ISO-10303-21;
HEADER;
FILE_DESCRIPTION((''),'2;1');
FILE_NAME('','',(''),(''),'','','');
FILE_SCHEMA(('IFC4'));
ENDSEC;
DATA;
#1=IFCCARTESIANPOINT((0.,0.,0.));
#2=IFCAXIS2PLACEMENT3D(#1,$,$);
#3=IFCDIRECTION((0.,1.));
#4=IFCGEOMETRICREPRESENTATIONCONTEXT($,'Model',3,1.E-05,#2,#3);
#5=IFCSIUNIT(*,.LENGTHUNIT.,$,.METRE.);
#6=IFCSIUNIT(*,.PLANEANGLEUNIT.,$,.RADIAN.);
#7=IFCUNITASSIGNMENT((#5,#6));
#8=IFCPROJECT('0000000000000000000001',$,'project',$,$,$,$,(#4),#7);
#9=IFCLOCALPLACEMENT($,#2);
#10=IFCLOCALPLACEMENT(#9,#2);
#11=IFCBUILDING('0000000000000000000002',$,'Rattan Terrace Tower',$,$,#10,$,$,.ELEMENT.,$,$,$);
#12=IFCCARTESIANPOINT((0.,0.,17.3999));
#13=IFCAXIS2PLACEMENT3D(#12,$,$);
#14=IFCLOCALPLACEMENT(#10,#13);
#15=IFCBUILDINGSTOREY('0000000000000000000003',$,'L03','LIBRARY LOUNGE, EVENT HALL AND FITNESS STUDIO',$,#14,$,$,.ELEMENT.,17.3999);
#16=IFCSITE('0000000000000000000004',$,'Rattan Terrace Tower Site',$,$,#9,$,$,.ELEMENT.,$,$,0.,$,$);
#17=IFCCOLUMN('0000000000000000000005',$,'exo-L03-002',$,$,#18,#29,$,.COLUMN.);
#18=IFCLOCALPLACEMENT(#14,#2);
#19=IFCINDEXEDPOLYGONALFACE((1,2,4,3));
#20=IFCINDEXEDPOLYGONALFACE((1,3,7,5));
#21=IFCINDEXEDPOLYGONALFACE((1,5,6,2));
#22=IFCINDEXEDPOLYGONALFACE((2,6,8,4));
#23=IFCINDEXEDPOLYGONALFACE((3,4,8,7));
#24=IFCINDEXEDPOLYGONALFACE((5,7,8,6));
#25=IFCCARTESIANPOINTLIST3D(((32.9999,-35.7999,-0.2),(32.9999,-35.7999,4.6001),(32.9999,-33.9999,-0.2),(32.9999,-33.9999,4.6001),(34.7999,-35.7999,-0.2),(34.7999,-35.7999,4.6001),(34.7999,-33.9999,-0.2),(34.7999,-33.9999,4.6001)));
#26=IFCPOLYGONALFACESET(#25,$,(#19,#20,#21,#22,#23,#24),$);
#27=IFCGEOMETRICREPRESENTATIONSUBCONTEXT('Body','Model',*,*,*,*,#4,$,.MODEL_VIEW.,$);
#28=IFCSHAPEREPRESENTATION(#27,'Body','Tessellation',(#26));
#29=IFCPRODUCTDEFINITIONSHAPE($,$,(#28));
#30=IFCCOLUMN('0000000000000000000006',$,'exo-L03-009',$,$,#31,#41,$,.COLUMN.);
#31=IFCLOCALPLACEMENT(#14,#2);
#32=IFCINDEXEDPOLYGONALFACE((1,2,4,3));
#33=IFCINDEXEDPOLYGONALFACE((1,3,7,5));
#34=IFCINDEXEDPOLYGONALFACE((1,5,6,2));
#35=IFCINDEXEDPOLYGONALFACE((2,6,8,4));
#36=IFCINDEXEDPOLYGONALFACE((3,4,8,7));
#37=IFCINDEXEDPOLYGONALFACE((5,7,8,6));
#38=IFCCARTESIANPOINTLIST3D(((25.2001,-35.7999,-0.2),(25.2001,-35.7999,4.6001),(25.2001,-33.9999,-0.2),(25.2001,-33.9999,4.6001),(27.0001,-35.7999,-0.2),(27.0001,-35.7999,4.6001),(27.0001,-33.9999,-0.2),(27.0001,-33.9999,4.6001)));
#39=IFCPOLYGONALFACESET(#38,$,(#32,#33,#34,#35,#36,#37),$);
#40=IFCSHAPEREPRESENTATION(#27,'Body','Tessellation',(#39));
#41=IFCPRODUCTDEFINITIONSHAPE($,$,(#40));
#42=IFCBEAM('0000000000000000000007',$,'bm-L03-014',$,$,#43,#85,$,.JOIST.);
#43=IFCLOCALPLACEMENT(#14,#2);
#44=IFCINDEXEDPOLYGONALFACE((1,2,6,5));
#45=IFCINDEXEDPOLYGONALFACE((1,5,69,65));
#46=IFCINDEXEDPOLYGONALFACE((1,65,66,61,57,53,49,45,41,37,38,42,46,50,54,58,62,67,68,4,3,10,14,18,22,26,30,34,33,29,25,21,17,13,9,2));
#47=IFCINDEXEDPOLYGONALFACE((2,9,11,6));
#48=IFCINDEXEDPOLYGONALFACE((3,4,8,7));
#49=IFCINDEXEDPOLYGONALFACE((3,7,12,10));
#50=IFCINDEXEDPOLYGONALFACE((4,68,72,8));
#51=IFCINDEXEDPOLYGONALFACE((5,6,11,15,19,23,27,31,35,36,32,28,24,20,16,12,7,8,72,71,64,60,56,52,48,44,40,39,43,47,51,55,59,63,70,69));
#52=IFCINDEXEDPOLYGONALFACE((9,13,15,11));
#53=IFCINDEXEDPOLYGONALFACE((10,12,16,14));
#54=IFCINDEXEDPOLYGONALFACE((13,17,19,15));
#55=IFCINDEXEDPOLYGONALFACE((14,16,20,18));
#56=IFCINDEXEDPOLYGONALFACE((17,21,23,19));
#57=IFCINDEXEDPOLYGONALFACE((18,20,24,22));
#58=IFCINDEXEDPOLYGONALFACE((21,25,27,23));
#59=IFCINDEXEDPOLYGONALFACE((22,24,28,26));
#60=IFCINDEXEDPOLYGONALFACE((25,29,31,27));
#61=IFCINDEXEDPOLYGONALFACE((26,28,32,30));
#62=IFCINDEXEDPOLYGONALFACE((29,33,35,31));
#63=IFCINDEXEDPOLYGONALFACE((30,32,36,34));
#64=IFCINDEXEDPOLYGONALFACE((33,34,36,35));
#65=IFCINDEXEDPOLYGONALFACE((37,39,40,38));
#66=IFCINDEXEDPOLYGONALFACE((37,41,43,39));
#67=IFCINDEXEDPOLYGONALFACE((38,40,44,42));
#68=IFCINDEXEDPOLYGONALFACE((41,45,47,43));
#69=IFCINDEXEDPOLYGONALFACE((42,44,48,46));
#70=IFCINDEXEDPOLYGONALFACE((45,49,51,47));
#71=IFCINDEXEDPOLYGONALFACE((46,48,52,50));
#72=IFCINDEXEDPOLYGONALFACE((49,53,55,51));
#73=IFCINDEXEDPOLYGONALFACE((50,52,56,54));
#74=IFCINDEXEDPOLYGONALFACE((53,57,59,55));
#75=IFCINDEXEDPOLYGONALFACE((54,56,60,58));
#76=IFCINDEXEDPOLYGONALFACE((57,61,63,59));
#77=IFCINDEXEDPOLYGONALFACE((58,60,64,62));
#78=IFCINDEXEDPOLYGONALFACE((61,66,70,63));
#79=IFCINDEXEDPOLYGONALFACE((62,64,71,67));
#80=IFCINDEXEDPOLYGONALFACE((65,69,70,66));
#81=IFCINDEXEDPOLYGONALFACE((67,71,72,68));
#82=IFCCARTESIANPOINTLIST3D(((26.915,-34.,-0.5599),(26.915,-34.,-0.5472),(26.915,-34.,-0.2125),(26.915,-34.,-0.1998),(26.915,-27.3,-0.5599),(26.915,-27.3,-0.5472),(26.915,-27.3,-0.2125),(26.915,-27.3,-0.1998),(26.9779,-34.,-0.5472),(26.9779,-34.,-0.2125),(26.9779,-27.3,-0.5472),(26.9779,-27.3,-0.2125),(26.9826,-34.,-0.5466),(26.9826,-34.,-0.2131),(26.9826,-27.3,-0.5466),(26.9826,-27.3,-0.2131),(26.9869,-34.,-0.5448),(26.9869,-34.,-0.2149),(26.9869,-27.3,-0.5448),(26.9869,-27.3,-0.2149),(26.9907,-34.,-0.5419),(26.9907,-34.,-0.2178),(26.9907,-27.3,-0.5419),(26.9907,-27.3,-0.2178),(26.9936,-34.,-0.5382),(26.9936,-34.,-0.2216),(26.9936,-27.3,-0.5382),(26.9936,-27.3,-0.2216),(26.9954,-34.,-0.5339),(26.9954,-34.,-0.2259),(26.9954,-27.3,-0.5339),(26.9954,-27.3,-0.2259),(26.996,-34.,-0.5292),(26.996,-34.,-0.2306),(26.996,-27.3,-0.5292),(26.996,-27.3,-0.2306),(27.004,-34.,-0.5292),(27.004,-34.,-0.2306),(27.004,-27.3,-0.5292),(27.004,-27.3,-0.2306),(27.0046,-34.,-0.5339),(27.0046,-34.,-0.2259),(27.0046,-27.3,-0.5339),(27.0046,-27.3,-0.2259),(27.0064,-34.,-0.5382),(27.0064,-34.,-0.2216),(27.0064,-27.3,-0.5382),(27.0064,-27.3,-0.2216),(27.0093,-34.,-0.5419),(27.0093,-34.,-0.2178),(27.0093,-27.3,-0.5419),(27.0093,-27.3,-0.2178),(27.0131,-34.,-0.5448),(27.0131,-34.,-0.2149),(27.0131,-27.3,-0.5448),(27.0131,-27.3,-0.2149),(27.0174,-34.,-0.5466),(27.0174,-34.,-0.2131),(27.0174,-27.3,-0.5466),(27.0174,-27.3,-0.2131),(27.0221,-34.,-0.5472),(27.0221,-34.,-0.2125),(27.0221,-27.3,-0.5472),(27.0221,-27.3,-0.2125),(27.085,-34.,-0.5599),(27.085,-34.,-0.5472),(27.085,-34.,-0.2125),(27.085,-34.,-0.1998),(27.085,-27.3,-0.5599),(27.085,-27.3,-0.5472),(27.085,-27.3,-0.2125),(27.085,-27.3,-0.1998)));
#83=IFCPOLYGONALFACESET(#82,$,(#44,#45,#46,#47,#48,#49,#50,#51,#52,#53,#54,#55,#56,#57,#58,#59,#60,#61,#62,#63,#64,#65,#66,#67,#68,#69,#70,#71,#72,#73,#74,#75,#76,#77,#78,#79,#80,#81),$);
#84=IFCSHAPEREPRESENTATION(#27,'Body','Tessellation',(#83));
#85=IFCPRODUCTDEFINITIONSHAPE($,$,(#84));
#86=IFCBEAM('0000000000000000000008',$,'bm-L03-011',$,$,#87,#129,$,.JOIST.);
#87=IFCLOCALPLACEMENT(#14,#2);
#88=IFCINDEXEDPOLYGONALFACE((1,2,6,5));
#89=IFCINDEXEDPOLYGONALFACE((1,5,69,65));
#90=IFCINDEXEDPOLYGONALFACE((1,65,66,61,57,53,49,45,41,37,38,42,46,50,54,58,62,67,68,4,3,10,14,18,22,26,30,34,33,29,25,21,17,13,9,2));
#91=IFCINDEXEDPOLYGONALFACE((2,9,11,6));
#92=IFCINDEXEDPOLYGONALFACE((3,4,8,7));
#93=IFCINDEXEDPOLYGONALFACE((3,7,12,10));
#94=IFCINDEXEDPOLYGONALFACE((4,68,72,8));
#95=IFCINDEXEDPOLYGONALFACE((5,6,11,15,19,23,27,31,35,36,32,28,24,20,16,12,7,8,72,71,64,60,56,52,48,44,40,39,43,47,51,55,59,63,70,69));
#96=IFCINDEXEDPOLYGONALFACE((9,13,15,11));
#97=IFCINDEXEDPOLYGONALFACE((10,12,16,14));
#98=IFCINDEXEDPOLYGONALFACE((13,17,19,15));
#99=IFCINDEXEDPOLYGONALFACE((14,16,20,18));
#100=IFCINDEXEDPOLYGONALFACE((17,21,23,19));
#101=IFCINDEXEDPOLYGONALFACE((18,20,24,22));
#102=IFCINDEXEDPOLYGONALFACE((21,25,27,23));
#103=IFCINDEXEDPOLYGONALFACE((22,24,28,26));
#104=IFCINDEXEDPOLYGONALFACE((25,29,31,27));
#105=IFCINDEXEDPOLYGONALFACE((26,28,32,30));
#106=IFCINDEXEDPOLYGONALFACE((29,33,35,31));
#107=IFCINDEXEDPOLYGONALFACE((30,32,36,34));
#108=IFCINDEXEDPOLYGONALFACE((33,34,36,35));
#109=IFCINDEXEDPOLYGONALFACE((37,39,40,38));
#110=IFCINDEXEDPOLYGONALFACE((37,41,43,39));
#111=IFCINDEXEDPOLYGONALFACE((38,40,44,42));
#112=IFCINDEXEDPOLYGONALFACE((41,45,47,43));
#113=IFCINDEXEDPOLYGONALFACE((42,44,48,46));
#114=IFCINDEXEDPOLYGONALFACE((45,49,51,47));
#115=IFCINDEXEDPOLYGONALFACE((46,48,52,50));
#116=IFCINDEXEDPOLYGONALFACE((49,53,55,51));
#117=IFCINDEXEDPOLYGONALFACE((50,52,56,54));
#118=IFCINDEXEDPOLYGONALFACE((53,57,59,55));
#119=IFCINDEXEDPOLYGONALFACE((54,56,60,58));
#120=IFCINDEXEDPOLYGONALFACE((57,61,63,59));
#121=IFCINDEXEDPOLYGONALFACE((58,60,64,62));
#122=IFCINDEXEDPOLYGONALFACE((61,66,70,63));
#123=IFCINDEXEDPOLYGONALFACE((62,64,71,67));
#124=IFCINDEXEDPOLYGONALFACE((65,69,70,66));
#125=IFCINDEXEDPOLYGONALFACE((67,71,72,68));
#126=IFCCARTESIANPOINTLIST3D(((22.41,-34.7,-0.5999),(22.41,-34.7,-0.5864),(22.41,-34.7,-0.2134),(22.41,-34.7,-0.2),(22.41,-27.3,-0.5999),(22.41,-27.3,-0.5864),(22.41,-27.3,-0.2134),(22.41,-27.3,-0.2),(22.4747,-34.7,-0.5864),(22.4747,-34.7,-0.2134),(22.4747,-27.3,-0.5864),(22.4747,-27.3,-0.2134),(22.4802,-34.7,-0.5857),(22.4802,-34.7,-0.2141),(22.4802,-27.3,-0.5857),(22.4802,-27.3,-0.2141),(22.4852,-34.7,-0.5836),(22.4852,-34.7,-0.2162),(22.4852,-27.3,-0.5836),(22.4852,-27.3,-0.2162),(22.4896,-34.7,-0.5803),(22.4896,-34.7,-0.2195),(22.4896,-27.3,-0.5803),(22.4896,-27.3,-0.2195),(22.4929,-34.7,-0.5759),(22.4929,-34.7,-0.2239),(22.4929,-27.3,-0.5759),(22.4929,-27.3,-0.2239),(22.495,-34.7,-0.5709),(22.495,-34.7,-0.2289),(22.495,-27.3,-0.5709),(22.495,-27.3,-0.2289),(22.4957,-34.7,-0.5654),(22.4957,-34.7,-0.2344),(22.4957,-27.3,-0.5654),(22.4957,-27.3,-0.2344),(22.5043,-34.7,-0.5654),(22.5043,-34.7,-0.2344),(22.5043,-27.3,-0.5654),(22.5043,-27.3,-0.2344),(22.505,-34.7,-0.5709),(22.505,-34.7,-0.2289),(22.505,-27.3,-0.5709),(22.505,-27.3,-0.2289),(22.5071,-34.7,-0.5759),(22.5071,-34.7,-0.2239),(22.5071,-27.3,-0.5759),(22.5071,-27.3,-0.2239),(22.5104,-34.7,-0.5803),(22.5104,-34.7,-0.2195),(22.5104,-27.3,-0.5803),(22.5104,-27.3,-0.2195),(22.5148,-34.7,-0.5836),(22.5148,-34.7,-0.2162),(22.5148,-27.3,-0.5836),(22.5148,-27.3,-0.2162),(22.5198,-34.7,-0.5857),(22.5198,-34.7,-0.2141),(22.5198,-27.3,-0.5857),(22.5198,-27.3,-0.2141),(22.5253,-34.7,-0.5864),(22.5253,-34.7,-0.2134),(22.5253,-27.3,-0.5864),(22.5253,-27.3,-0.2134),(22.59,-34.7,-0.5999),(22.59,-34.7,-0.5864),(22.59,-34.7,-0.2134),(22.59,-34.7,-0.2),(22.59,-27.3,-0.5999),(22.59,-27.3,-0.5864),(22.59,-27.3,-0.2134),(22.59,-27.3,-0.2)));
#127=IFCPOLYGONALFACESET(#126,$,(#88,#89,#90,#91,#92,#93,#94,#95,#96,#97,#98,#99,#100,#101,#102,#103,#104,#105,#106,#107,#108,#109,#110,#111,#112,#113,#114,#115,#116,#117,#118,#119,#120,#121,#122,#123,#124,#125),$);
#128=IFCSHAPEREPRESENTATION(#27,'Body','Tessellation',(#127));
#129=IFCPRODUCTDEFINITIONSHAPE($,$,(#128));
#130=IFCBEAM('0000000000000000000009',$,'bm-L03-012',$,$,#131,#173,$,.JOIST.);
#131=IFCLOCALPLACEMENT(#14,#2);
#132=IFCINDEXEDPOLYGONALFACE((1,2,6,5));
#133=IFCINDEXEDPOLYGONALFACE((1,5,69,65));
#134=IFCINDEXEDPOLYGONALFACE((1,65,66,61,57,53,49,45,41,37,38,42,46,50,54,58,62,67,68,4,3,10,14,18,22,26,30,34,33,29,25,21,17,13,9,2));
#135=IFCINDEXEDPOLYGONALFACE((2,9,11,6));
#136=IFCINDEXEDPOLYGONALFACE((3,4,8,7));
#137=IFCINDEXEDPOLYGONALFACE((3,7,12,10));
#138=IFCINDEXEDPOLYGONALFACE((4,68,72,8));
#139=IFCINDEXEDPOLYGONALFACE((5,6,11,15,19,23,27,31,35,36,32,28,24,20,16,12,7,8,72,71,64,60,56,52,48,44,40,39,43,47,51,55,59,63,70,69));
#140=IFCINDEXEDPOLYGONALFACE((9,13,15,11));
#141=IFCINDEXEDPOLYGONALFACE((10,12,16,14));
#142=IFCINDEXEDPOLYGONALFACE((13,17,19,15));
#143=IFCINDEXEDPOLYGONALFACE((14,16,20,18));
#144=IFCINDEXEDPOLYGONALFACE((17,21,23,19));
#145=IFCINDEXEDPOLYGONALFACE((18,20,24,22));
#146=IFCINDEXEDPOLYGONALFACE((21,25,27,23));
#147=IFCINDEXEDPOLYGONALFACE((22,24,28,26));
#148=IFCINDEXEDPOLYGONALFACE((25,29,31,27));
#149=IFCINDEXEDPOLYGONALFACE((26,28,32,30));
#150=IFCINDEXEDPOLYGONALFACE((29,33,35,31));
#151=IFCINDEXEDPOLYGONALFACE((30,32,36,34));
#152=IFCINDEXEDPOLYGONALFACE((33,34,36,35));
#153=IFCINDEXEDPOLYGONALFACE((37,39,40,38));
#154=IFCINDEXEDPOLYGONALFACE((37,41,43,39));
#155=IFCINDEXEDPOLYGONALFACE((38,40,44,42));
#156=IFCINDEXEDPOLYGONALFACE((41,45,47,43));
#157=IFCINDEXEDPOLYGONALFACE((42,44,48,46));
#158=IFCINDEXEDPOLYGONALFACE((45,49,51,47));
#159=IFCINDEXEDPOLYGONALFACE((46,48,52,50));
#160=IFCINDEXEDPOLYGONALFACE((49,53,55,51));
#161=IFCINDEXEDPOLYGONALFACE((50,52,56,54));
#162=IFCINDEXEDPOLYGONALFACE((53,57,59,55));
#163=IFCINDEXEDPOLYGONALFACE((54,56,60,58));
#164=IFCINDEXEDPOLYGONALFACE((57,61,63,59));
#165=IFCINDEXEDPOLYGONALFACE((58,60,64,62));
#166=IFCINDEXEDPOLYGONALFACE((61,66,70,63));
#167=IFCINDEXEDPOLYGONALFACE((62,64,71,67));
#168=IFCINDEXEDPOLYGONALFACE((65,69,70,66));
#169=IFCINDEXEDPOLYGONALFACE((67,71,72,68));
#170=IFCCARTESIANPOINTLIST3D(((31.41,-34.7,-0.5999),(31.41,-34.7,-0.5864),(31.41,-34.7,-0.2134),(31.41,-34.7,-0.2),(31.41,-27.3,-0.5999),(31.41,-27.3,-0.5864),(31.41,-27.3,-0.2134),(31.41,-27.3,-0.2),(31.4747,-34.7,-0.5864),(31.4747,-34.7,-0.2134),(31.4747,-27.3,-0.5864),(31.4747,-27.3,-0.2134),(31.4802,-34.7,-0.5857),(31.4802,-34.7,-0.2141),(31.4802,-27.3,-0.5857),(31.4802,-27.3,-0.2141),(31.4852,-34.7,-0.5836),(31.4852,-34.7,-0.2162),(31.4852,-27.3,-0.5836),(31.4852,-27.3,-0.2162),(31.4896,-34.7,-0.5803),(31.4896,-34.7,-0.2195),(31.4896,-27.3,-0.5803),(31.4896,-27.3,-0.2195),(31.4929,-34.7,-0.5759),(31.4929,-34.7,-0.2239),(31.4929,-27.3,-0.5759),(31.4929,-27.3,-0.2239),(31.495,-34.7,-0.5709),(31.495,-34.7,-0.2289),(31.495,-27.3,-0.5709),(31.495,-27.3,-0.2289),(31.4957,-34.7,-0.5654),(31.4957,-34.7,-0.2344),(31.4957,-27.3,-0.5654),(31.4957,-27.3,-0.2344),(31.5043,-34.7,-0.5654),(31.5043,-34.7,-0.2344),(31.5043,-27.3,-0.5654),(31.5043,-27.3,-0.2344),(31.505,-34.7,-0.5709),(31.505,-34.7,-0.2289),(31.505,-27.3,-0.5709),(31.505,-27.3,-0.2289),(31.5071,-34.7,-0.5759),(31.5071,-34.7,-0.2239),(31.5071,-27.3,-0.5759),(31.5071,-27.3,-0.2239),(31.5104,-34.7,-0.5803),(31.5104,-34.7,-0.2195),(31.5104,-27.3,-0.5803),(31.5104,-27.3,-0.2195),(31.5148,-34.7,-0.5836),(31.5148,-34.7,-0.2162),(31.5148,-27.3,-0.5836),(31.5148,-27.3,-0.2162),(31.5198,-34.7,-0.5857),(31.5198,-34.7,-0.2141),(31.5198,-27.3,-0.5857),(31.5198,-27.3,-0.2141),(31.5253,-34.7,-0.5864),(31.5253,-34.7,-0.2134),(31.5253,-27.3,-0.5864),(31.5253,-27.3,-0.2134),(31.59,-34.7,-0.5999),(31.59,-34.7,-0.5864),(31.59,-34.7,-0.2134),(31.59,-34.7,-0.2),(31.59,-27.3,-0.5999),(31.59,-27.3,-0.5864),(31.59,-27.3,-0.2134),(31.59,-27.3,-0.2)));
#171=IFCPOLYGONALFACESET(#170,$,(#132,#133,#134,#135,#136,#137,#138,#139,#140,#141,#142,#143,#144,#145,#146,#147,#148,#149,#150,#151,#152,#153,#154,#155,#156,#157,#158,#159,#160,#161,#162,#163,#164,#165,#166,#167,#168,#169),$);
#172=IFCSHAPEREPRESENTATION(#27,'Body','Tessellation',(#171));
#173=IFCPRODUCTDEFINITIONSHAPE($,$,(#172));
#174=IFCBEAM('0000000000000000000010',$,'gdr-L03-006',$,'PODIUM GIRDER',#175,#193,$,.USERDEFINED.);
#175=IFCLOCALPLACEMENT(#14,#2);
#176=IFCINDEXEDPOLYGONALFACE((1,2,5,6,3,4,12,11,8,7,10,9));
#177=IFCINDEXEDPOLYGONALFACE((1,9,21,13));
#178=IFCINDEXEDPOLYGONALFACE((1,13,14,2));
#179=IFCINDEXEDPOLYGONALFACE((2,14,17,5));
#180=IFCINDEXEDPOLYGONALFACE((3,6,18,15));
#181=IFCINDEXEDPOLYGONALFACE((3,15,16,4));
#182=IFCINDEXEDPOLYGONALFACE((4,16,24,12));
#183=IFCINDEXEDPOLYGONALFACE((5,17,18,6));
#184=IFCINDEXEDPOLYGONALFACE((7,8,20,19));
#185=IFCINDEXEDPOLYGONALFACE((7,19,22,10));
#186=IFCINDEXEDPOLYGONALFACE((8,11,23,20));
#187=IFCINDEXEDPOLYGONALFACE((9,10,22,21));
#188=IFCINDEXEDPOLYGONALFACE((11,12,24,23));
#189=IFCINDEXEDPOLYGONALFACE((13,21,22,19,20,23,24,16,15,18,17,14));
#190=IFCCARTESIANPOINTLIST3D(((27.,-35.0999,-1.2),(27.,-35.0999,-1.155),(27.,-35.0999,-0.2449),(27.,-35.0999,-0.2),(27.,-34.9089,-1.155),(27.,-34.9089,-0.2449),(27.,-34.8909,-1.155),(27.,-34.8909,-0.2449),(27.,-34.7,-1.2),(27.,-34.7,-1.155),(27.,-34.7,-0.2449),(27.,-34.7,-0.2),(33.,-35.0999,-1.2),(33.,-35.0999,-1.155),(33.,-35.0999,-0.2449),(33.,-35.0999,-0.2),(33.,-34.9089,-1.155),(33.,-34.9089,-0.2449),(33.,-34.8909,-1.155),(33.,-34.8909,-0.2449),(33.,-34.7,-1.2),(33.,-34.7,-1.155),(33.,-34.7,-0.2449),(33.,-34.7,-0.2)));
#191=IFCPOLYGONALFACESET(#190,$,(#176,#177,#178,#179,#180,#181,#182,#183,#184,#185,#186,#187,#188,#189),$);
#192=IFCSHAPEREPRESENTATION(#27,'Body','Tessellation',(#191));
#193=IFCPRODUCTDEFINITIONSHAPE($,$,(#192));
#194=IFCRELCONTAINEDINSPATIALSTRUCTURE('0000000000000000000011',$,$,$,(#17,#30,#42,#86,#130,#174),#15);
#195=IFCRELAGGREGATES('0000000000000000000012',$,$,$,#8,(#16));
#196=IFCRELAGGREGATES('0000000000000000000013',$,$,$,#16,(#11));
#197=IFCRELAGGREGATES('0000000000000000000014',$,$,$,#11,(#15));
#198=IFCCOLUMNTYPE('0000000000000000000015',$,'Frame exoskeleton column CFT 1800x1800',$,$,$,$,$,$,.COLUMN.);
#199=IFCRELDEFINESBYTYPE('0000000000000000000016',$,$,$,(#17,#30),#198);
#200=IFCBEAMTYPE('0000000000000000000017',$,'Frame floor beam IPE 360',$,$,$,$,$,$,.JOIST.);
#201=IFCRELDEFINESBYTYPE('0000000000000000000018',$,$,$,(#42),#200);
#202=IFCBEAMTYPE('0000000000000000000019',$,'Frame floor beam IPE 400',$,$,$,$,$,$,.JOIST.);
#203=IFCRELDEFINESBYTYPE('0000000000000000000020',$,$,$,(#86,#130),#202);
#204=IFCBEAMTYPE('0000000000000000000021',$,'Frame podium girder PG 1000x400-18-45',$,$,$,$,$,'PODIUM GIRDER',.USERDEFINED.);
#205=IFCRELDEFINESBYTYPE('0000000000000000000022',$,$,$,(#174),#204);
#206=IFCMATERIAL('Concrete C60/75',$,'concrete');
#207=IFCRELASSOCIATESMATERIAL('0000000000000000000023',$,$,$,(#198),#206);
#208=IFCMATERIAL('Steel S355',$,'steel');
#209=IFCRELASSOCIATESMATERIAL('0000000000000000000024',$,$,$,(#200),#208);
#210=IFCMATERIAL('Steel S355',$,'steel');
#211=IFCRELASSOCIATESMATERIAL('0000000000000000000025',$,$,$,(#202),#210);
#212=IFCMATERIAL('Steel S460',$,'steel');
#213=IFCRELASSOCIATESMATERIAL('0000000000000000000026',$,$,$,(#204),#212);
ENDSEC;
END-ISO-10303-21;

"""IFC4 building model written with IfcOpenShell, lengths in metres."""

from ifc_helpers import new_model, si_unit, direction, frame, origin, origin_2d, place, context, subcontext, project, spatial, rectangle, i_section, extrude, material, material_profile, profile_set, type_object, element, save


model = new_model("IFC4")

# Units and contexts
model_context = context("Model", 3, precision=1e-05, world=origin(), true_north=direction((0.0, 1.0)))
body_context = subcontext(model_context, "Body", "Model", "MODEL_VIEW")
ifc_project = project(units=[si_unit("LENGTHUNIT", "METRE"), si_unit("PLANEANGLEUNIT", "RADIAN")], contexts=[model_context])

# Site, building, storey
site_placement = place(None, origin())
site = spatial("IfcSite", under=ifc_project, at=site_placement, Name="Rattan Terrace Tower Site", CompositionType="ELEMENT", RefElevation=0.0)
building_placement = place(site_placement, origin())
building = spatial("IfcBuilding", under=site, at=building_placement, Name="Rattan Terrace Tower", CompositionType="ELEMENT")
storey_placement = place(building_placement, frame((0.0, 0.0, 17.3999)))
storey = spatial("IfcBuildingStorey", under=building, at=storey_placement, Name="L03", Description="LIBRARY LOUNGE, EVENT HALL AND FITNESS STUDIO", CompositionType="ELEMENT", Elevation=17.3999)

# Columns
ifc_material_1 = material(Name="Concrete C60/75", Category="concrete")
ifc_material_profile_1 = material_profile(ifc_material_1, rectangle(XDim=1.8, YDim=1.8, at=origin_2d()), Name="CFT 1800x1800")
ifc_profile_set_1 = profile_set([ifc_material_profile_1], Name="Concrete C60/75")
column_type = type_object("IfcColumnType", Name="Frame exoskeleton column CFT 1800x1800", PredefinedType="COLUMN", material=ifc_profile_set_1)
for number, where, z_axis, x_axis, name in (
    (1, (33.8999, -34.8999, -0.2), (0.0, 0.0, 1.0), (1.0, 0.0, 0.0), "exo-L03-002"),
    (2, (26.1001, -34.8999, -0.2), (0.0, 0.0, 1.0), (1.0, 0.0, 0.0), "exo-L03-009"),
):
    element("IfcColumn", number, at=place(storey_placement, frame(where, z_axis=z_axis, x_axis=x_axis)), inside=storey, type_object=column_type, Name=name, PredefinedType="COLUMN", context=body_context, shape_type="SweptSolid", body=[
        extrude(rectangle(XDim=1.8, YDim=1.8, at=origin_2d()), origin(), (0.0, 0.0, 1.0), 4.8),
    ])

# Beams
ifc_material_2 = material(Name="Steel S355", Category="steel")
ifc_material_profile_2 = material_profile(ifc_material_2, i_section(OverallWidth=0.1699, OverallDepth=0.3601, WebThickness=0.0081, FlangeThickness=0.0127, FilletRadius=0.0181, at=origin_2d()), Name="IPE 360")
ifc_profile_set_2 = profile_set([ifc_material_profile_2], Name="Steel S355")
beam_type_1 = type_object("IfcBeamType", Name="Frame floor beam IPE 360", PredefinedType="JOIST", material=ifc_profile_set_2)
beam_1_placement = place(storey_placement, frame((27.0, -34.0, -0.3799), z_axis=(0.0, 1.0, 0.0), x_axis=(-1.0, 0.0, 0.0)))
element("IfcBeam", 3, at=beam_1_placement, inside=storey, type_object=beam_type_1, Name="bm-L03-014", PredefinedType="JOIST", context=body_context, shape_type="SweptSolid", body=[
    extrude(i_section(OverallWidth=0.1699, OverallDepth=0.3601, WebThickness=0.0081, FlangeThickness=0.0127, FilletRadius=0.0181, at=origin_2d()), origin(), (0.0, 0.0, 1.0), 6.7),
])
ifc_material_3 = material(Name="Steel S355", Category="steel")
ifc_material_profile_3 = material_profile(ifc_material_3, i_section(OverallWidth=0.1799, OverallDepth=0.3999, WebThickness=0.0085, FlangeThickness=0.0134, FilletRadius=0.021, at=origin_2d()), Name="IPE 400")
ifc_profile_set_3 = profile_set([ifc_material_profile_3], Name="Steel S355")
beam_type_2 = type_object("IfcBeamType", Name="Frame floor beam IPE 400", PredefinedType="JOIST", material=ifc_profile_set_3)
for number, where, z_axis, x_axis, name in (
    (4, (22.5, -34.7, -0.3999), (0.0, 1.0, 0.0), (-1.0, 0.0, 0.0), "bm-L03-011"),
    (5, (31.5, -34.7, -0.3999), (0.0, 1.0, 0.0), (-1.0, 0.0, 0.0), "bm-L03-012"),
):
    element("IfcBeam", number, at=place(storey_placement, frame(where, z_axis=z_axis, x_axis=x_axis)), inside=storey, type_object=beam_type_2, Name=name, PredefinedType="JOIST", context=body_context, shape_type="SweptSolid", body=[
        extrude(i_section(OverallWidth=0.1799, OverallDepth=0.3999, WebThickness=0.0085, FlangeThickness=0.0134, FilletRadius=0.021, at=origin_2d()), origin(), (0.0, 0.0, 1.0), 7.3999),
    ])
ifc_material_4 = material(Name="Steel S460", Category="steel")
ifc_material_profile_4 = material_profile(ifc_material_4, i_section(OverallWidth=0.3999, OverallDepth=1.0, WebThickness=0.0181, FlangeThickness=0.0449, at=origin_2d()), Name="PG 1000x400-18-45")
ifc_profile_set_4 = profile_set([ifc_material_profile_4], Name="Steel S460")
beam_type_3 = type_object("IfcBeamType", Name="Frame podium girder PG 1000x400-18-45", ElementType="PODIUM GIRDER", PredefinedType="USERDEFINED", material=ifc_profile_set_4)
beam_2_placement = place(storey_placement, frame((27.0, -34.8999, -0.7), z_axis=(1.0, 0.0, 0.0), x_axis=(0.0, 1.0, 0.0)))
element("IfcBeam", 6, at=beam_2_placement, inside=storey, type_object=beam_type_3, Name="gdr-L03-006", ObjectType="PODIUM GIRDER", PredefinedType="USERDEFINED", context=body_context, shape_type="SweptSolid", body=[
    extrude(i_section(OverallWidth=0.3999, OverallDepth=1.0, WebThickness=0.0181, FlangeThickness=0.0449, at=origin_2d()), origin(), (0.0, 0.0, 1.0), 6.0),
])

save(model, "model.ifc")
